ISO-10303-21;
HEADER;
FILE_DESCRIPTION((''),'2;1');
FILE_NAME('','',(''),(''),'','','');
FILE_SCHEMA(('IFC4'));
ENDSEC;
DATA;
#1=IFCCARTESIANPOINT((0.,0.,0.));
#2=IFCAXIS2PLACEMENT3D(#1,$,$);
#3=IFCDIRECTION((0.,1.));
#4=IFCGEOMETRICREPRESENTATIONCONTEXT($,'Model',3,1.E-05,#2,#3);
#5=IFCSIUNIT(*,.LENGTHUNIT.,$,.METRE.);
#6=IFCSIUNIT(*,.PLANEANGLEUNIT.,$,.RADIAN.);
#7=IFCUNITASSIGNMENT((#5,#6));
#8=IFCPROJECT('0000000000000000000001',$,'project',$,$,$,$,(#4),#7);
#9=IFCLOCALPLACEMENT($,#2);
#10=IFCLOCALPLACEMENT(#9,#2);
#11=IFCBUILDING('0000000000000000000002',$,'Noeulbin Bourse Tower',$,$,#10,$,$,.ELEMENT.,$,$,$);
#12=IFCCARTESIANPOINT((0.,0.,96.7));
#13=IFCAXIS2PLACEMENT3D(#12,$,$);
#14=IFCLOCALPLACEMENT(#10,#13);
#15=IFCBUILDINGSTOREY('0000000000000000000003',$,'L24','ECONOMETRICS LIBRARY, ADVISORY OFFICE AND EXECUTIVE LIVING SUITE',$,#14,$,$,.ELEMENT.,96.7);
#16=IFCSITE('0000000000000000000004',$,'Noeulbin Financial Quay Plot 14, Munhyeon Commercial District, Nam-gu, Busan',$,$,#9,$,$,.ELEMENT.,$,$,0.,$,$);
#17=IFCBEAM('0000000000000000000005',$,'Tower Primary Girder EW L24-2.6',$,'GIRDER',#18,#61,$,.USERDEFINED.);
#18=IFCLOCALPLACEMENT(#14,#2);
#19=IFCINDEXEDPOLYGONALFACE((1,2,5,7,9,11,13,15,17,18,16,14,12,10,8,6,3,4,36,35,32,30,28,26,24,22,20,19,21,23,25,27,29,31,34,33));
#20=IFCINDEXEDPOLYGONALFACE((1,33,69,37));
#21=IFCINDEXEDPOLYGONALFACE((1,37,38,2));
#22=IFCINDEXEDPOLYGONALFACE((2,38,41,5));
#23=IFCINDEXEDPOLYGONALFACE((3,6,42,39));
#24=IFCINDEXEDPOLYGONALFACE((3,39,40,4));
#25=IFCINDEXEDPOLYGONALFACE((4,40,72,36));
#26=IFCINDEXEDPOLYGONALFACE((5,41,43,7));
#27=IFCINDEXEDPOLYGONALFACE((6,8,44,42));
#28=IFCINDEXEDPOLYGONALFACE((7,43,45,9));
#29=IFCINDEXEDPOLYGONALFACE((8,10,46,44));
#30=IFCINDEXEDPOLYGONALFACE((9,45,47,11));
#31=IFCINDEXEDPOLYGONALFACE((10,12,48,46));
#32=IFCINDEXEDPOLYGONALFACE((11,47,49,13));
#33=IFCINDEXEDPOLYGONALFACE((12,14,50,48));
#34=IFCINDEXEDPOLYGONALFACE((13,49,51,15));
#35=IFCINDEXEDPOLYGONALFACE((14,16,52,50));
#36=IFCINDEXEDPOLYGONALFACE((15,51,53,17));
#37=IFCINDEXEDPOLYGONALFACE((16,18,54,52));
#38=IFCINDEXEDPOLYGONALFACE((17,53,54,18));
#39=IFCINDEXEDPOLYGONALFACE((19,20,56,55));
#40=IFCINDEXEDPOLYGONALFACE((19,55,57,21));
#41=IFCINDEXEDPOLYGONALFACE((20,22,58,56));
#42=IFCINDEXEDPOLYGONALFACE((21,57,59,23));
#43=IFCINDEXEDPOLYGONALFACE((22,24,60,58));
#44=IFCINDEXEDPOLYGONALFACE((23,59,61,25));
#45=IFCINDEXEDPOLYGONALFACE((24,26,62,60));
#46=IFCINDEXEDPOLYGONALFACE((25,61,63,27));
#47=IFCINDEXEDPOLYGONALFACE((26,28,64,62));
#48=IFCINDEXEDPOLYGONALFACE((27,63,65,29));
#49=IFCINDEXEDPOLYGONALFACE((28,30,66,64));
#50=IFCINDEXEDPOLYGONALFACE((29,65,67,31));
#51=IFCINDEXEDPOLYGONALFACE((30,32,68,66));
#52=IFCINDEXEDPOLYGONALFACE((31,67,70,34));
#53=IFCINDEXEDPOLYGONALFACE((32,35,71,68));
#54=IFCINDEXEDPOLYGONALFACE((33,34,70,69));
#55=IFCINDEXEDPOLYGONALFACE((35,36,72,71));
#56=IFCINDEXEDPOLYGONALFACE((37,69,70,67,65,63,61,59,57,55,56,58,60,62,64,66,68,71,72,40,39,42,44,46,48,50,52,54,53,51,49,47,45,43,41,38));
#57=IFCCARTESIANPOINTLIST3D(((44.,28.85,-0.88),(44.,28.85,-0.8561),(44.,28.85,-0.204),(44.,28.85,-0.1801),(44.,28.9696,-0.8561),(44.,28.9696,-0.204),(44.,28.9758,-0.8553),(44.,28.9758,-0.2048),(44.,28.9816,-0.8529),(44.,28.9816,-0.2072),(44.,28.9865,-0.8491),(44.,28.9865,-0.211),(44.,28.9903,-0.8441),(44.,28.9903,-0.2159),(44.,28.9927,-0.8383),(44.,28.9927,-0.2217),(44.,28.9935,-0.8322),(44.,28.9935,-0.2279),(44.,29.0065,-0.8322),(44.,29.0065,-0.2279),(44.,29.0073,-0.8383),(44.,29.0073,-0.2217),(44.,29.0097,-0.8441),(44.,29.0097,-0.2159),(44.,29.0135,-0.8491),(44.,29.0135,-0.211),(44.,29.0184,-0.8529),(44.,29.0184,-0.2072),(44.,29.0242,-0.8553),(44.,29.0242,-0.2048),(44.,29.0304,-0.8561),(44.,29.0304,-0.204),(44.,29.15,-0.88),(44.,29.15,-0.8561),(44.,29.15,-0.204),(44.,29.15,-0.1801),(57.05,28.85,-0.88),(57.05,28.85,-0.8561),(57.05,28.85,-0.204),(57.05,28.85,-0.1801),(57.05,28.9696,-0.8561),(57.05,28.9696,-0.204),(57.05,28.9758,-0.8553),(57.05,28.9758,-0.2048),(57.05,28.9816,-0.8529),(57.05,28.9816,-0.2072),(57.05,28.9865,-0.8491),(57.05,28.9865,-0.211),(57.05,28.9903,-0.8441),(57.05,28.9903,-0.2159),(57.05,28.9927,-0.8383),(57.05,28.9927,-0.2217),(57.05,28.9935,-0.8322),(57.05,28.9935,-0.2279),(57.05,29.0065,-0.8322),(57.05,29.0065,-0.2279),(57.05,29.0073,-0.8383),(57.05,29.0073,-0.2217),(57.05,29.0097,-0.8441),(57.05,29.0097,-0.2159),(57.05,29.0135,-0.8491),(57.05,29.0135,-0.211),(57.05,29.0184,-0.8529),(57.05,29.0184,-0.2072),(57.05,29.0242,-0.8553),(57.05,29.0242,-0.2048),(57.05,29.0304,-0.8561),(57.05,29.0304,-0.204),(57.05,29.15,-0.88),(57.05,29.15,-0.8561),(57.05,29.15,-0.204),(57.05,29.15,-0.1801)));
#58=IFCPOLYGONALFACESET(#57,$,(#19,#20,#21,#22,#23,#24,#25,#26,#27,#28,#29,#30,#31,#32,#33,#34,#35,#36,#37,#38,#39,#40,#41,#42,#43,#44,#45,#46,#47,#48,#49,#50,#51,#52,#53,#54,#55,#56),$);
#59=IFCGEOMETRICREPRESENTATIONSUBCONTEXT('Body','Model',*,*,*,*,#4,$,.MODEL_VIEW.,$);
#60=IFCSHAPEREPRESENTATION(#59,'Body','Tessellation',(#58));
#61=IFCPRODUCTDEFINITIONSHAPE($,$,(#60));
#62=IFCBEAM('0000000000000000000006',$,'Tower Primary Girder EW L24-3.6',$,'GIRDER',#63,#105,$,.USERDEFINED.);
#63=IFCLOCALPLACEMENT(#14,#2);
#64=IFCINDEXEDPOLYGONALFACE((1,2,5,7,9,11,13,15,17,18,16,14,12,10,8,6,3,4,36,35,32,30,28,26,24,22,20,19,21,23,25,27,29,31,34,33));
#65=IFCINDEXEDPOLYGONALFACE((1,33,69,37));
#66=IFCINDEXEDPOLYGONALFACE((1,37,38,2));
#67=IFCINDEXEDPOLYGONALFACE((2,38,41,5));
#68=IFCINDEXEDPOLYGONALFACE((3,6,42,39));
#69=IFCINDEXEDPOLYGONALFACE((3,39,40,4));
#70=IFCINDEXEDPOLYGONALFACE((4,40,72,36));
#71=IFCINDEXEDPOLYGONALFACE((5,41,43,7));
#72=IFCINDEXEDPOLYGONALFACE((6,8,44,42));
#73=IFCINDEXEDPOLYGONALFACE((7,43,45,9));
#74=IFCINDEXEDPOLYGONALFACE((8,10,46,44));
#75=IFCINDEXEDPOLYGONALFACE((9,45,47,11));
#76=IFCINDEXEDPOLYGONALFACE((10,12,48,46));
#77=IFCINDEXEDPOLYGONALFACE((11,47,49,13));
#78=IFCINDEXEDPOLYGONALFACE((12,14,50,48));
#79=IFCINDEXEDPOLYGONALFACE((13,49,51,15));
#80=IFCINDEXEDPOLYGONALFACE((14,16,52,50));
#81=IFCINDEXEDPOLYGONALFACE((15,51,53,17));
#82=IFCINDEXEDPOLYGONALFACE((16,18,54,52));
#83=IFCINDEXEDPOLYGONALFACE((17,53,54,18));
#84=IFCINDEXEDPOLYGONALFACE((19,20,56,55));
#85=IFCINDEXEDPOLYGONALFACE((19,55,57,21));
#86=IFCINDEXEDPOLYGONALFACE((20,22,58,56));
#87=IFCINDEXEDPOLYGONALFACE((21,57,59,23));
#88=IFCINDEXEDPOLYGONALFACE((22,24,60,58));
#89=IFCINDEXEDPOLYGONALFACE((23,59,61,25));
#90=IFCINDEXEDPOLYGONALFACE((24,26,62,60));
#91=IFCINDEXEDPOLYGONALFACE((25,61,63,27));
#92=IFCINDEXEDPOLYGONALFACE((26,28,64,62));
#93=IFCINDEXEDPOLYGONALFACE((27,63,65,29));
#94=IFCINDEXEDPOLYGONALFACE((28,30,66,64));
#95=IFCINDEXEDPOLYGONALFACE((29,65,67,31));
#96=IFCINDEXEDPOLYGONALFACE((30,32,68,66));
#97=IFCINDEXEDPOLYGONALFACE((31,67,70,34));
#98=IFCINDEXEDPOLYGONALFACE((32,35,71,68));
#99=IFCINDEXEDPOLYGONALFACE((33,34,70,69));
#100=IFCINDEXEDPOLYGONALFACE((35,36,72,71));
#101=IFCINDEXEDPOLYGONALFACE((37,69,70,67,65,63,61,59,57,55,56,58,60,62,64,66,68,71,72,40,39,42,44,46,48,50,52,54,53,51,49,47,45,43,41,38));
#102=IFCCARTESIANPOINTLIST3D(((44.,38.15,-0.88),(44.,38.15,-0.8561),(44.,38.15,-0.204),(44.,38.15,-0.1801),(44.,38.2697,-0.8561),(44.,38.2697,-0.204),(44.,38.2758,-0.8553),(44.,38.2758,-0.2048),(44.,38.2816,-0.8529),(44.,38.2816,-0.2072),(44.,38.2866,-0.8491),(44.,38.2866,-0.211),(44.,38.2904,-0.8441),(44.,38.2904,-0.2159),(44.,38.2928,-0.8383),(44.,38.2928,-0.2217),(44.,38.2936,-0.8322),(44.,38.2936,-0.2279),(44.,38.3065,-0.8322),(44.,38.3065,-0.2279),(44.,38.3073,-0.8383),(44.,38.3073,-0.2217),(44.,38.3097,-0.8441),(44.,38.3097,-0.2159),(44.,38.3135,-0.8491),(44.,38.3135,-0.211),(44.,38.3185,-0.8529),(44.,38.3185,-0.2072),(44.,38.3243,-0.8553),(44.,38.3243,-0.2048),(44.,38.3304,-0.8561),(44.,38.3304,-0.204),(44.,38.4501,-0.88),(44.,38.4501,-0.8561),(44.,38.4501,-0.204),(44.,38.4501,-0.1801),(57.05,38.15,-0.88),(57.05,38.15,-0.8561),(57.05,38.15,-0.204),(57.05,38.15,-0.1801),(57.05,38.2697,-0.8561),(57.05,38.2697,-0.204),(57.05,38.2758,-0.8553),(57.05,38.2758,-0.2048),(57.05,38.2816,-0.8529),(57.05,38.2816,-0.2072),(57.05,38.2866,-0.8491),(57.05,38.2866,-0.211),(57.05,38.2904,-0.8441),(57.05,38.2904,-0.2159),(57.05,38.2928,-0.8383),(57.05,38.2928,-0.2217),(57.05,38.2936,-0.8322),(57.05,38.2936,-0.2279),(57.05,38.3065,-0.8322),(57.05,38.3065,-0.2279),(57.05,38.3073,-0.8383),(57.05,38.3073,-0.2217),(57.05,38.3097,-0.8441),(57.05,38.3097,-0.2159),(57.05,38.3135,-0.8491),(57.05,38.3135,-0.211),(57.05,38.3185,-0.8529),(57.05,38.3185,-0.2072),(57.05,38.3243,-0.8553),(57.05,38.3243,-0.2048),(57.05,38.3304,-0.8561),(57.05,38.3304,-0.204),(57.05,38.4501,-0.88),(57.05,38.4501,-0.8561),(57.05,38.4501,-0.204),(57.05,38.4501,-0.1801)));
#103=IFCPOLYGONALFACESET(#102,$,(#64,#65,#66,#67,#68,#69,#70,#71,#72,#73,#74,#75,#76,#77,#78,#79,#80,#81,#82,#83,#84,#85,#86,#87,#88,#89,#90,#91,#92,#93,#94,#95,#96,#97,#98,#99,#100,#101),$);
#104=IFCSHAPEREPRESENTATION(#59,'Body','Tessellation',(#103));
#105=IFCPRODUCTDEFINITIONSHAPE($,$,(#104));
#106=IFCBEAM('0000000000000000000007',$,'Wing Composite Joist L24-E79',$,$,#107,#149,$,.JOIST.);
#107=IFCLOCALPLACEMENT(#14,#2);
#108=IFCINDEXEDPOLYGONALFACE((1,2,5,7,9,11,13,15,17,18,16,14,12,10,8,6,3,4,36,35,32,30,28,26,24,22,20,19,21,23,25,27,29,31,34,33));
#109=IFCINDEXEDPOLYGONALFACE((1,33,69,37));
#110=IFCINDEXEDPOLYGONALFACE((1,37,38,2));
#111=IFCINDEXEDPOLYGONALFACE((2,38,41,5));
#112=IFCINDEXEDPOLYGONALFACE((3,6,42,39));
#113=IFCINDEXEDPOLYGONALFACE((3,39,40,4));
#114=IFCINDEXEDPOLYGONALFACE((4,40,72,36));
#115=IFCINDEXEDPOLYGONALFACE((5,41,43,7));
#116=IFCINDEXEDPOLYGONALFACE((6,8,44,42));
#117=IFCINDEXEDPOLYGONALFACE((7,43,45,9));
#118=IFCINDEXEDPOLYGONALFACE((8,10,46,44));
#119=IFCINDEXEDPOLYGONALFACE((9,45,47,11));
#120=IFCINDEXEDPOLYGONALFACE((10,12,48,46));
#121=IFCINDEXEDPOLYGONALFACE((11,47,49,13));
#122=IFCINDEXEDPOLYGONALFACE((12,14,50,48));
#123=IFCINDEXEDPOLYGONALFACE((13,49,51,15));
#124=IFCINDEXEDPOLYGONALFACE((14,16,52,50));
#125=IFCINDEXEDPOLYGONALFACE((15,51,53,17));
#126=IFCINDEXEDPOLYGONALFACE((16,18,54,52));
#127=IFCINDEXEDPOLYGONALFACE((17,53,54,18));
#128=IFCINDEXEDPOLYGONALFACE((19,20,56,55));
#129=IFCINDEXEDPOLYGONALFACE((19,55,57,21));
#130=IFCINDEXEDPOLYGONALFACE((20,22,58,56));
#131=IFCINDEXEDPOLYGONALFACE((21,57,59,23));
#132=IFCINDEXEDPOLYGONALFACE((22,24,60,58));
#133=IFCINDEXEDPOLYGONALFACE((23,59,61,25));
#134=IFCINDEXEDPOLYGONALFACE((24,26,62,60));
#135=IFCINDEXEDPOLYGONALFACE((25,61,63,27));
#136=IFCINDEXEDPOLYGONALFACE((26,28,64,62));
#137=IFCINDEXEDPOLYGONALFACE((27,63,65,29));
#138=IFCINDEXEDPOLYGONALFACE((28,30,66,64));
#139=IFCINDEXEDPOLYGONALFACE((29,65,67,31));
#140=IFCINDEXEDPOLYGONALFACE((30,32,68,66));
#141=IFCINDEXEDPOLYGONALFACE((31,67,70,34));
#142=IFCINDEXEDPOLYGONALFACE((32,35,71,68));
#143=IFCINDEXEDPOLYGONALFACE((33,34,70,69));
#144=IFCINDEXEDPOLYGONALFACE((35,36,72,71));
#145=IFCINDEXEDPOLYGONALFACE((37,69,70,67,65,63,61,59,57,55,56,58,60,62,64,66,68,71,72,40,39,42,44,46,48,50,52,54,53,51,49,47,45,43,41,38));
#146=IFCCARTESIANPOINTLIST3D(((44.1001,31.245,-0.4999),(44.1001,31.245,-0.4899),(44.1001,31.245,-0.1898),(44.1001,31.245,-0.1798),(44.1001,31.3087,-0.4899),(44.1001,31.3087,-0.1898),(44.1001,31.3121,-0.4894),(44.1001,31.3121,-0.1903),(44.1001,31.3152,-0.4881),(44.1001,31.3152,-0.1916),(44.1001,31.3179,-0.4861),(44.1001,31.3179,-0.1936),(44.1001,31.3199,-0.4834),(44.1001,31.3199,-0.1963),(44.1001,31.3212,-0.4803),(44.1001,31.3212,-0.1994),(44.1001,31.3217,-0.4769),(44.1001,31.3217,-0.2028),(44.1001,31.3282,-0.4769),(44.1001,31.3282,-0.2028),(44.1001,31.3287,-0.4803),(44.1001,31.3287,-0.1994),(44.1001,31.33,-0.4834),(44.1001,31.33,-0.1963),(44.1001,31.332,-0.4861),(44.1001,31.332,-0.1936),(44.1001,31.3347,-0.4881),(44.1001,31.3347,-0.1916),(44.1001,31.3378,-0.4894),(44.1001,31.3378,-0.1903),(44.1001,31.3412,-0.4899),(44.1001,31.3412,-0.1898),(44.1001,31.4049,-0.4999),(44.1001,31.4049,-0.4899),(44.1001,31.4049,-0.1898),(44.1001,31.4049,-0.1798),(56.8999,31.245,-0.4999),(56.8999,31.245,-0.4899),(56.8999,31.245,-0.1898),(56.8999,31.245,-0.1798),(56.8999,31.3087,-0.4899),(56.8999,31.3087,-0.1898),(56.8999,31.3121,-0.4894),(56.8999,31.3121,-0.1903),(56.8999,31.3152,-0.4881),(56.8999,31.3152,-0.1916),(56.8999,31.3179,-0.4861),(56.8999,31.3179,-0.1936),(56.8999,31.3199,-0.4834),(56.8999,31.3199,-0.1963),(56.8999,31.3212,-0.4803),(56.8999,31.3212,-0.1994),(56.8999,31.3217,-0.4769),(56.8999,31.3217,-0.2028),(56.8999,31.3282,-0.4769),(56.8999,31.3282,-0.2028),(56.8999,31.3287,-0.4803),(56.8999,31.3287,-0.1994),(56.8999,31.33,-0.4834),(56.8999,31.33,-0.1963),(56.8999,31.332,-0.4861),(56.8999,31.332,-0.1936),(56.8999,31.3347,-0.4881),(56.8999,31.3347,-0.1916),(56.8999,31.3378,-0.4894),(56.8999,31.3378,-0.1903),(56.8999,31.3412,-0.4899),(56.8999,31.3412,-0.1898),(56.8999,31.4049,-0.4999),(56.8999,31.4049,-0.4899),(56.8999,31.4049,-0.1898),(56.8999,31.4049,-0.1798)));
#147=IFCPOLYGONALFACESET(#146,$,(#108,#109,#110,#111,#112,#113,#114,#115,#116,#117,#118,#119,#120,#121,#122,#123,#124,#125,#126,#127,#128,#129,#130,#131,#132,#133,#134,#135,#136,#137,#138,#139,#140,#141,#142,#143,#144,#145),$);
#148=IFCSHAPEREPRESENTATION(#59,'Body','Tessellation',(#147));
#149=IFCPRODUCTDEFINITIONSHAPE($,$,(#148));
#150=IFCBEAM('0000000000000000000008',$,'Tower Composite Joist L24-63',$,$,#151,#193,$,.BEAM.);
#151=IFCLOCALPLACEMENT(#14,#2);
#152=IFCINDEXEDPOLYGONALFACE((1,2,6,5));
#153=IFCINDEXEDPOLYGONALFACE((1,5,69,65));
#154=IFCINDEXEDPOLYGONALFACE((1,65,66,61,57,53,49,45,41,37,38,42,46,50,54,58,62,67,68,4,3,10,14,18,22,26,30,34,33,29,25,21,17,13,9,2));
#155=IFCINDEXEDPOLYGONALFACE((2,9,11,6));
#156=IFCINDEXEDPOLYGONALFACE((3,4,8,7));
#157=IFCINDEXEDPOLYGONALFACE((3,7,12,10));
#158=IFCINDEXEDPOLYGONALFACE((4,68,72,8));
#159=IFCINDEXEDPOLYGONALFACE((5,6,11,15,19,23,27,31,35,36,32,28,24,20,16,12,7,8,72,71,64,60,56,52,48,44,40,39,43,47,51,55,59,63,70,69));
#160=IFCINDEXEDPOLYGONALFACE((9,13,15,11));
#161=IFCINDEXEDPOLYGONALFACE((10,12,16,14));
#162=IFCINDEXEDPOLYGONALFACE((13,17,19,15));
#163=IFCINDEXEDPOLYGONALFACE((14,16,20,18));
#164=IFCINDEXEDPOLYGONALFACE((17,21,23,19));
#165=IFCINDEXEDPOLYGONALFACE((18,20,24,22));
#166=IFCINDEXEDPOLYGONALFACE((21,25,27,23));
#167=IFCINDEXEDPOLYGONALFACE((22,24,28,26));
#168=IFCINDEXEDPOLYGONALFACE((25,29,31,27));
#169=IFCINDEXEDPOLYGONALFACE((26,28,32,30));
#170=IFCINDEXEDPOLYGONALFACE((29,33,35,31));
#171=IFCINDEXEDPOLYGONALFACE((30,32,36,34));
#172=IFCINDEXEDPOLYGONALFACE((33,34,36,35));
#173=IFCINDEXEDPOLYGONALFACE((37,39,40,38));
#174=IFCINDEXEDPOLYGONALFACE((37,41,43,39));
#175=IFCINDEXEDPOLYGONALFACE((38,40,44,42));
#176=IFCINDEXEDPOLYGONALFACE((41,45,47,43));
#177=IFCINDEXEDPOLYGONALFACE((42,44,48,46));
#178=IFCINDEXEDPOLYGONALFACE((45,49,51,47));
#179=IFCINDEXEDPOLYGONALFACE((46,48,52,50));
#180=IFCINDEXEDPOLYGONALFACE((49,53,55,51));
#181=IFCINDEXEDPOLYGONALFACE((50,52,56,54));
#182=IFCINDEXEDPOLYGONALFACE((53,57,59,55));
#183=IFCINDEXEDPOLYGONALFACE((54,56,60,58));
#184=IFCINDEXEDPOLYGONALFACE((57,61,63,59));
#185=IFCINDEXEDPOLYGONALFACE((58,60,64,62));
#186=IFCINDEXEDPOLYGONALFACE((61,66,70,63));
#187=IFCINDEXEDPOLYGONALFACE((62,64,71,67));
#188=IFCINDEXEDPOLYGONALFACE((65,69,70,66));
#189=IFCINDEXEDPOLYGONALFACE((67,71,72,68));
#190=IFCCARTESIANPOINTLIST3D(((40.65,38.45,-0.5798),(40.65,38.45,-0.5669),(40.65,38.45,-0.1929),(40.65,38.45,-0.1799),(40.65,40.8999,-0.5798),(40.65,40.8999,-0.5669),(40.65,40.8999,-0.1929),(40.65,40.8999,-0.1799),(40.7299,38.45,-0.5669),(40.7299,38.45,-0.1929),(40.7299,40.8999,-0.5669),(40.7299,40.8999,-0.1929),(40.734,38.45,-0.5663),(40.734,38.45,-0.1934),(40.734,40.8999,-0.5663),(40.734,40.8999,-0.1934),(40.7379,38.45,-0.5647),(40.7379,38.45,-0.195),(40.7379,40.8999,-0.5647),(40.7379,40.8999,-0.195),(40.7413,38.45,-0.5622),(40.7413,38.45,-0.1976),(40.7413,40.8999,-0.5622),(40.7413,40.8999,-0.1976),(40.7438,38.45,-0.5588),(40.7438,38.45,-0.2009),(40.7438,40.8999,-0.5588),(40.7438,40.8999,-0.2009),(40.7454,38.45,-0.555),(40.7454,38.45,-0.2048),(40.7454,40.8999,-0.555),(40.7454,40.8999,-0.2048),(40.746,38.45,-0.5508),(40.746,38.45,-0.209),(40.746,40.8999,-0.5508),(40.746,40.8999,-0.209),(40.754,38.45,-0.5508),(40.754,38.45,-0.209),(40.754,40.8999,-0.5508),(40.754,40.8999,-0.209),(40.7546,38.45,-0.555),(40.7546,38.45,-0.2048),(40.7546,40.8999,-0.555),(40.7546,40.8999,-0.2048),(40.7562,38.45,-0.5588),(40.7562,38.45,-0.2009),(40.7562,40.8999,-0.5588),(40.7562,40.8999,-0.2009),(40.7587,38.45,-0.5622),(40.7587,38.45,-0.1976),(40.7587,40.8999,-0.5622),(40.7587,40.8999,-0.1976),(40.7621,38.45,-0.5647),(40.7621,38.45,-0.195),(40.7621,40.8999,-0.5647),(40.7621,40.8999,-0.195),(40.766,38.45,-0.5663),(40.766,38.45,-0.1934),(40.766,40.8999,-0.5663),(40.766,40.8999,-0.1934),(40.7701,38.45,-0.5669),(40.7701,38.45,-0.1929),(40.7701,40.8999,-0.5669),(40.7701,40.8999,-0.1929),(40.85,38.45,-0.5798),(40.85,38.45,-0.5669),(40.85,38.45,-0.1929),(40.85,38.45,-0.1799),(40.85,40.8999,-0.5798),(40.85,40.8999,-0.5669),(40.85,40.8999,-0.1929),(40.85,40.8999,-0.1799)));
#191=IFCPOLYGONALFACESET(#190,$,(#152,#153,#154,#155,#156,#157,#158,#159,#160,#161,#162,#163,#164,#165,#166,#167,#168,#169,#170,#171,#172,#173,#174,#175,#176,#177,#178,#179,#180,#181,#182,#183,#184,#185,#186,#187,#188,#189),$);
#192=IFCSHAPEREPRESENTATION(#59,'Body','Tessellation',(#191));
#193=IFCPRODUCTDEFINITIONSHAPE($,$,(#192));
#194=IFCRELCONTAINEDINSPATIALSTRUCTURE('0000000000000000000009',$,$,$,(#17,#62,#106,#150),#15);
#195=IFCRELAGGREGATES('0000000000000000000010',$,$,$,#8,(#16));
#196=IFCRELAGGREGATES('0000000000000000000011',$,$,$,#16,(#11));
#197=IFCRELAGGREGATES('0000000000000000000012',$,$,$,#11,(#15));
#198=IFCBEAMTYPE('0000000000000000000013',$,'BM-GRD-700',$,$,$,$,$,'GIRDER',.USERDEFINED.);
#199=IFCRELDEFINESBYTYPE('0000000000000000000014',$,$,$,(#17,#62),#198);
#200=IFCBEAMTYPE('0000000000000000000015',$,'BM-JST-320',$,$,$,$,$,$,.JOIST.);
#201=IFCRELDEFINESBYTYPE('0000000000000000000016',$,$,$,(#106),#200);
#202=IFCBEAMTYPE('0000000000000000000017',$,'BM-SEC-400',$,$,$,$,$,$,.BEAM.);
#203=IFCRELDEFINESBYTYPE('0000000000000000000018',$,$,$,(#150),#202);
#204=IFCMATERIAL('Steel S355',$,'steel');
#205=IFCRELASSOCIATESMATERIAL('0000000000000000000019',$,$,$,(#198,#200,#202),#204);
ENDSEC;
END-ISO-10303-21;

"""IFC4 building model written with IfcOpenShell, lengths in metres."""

from ifc_helpers import new_model, si_unit, direction, frame, origin, origin_2d, place, context, subcontext, project, spatial, i_section, extrude, material, material_profile, profile_set, type_object, element, save


model = new_model("IFC4")

# Units and contexts
model_context = context("Model", 3, precision=1e-05, world=origin(), true_north=direction((0.0, 1.0)))
body_context = subcontext(model_context, "Body", "Model", "MODEL_VIEW")
ifc_project = project(units=[si_unit("LENGTHUNIT", "METRE"), si_unit("PLANEANGLEUNIT", "RADIAN")], contexts=[model_context])

# Site, building, storey
site_placement = place(None, origin())
site = spatial("IfcSite", under=ifc_project, at=site_placement, Name="Noeulbin Financial Quay Plot 14, Munhyeon Commercial District, Nam-gu, Busan", CompositionType="ELEMENT", RefElevation=0.0)
building_placement = place(site_placement, origin())
building = spatial("IfcBuilding", under=site, at=building_placement, Name="Noeulbin Bourse Tower", CompositionType="ELEMENT")
storey_placement = place(building_placement, frame((0.0, 0.0, 96.7)))
storey = spatial("IfcBuildingStorey", under=building, at=storey_placement, Name="L24", Description="ECONOMETRICS LIBRARY, ADVISORY OFFICE AND EXECUTIVE LIVING SUITE", CompositionType="ELEMENT", Elevation=96.7)

# Beams
ifc_material_1 = material(Name="Steel S355", Category="steel")
ifc_material_profile_1 = material_profile(ifc_material_1, i_section(OverallWidth=0.3, OverallDepth=0.7, WebThickness=0.0129, FlangeThickness=0.0239, FilletRadius=0.0239, at=origin_2d()), Name="H-700x300x13x24", Category="LoadBearing")
ifc_profile_set_1 = profile_set([ifc_material_profile_1], Name="Steel S355")
beam_type_1 = type_object("IfcBeamType", Name="BM-GRD-700", ElementType="GIRDER", PredefinedType="USERDEFINED", material=ifc_profile_set_1)
for number, where, z_axis, x_axis, name in (
    (1, (44.0, 29.0, -0.53), (1.0, 0.0, 0.0), (0.0, 1.0, 0.0), "Tower Primary Girder EW L24-2.6"),
    (2, (44.0, 38.3, -0.53), (1.0, 0.0, 0.0), (0.0, 1.0, 0.0), "Tower Primary Girder EW L24-3.6"),
):
    element("IfcBeam", number, at=place(storey_placement, frame(where, z_axis=z_axis, x_axis=x_axis)), inside=storey, type_object=beam_type_1, Name=name, ObjectType="GIRDER", PredefinedType="USERDEFINED", context=body_context, shape_type="SweptSolid", body=[
        extrude(i_section(OverallWidth=0.3, OverallDepth=0.7, WebThickness=0.0129, FlangeThickness=0.0239, FilletRadius=0.0239, at=origin_2d()), origin(), (0.0, 0.0, 1.0), 13.05),
    ])
ifc_material_profile_2 = material_profile(ifc_material_1, i_section(OverallWidth=0.1599, OverallDepth=0.3201, WebThickness=0.0066, FlangeThickness=0.01, FilletRadius=0.0129, at=origin_2d()), Name="H-320x160x6.5x10", Category="LoadBearing")
ifc_profile_set_2 = profile_set([ifc_material_profile_2], Name="Steel S355")
beam_type_2 = type_object("IfcBeamType", Name="BM-JST-320", PredefinedType="JOIST", material=ifc_profile_set_2)
beam_1_placement = place(storey_placement, frame((44.1001, 31.325, -0.3398), z_axis=(1.0, 0.0, 0.0), x_axis=(0.0, 1.0, 0.0)))
element("IfcBeam", 3, at=beam_1_placement, inside=storey, type_object=beam_type_2, Name="Wing Composite Joist L24-E79", PredefinedType="JOIST", context=body_context, shape_type="SweptSolid", body=[
    extrude(i_section(OverallWidth=0.1599, OverallDepth=0.3201, WebThickness=0.0066, FlangeThickness=0.01, FilletRadius=0.0129, at=origin_2d()), origin(), (0.0, 0.0, 1.0), 12.7998),
])
ifc_material_profile_3 = material_profile(ifc_material_1, i_section(OverallWidth=0.2, OverallDepth=0.3999, WebThickness=0.0081, FlangeThickness=0.0129, FilletRadius=0.0161, at=origin_2d()), Name="H-400x200x8x13", Category="LoadBearing")
ifc_profile_set_3 = profile_set([ifc_material_profile_3], Name="Steel S355")
beam_type_3 = type_object("IfcBeamType", Name="BM-SEC-400", PredefinedType="BEAM", material=ifc_profile_set_3)
for number, where, z_axis, x_axis, name in (
    (4, (40.75, 38.45, -0.3799), (0.0, 1.0, 0.0), (-1.0, 0.0, 0.0), "Tower Composite Joist L24-63"),
):
    element("IfcBeam", number, at=place(storey_placement, frame(where, z_axis=z_axis, x_axis=x_axis)), inside=storey, type_object=beam_type_3, Name=name, PredefinedType="BEAM", context=body_context, shape_type="SweptSolid", body=[
        extrude(i_section(OverallWidth=0.2, OverallDepth=0.3999, WebThickness=0.0081, FlangeThickness=0.0129, FilletRadius=0.0161, at=origin_2d()), origin(), (0.0, 0.0, 1.0), 2.45),
    ])

save(model, "model.ifc")
